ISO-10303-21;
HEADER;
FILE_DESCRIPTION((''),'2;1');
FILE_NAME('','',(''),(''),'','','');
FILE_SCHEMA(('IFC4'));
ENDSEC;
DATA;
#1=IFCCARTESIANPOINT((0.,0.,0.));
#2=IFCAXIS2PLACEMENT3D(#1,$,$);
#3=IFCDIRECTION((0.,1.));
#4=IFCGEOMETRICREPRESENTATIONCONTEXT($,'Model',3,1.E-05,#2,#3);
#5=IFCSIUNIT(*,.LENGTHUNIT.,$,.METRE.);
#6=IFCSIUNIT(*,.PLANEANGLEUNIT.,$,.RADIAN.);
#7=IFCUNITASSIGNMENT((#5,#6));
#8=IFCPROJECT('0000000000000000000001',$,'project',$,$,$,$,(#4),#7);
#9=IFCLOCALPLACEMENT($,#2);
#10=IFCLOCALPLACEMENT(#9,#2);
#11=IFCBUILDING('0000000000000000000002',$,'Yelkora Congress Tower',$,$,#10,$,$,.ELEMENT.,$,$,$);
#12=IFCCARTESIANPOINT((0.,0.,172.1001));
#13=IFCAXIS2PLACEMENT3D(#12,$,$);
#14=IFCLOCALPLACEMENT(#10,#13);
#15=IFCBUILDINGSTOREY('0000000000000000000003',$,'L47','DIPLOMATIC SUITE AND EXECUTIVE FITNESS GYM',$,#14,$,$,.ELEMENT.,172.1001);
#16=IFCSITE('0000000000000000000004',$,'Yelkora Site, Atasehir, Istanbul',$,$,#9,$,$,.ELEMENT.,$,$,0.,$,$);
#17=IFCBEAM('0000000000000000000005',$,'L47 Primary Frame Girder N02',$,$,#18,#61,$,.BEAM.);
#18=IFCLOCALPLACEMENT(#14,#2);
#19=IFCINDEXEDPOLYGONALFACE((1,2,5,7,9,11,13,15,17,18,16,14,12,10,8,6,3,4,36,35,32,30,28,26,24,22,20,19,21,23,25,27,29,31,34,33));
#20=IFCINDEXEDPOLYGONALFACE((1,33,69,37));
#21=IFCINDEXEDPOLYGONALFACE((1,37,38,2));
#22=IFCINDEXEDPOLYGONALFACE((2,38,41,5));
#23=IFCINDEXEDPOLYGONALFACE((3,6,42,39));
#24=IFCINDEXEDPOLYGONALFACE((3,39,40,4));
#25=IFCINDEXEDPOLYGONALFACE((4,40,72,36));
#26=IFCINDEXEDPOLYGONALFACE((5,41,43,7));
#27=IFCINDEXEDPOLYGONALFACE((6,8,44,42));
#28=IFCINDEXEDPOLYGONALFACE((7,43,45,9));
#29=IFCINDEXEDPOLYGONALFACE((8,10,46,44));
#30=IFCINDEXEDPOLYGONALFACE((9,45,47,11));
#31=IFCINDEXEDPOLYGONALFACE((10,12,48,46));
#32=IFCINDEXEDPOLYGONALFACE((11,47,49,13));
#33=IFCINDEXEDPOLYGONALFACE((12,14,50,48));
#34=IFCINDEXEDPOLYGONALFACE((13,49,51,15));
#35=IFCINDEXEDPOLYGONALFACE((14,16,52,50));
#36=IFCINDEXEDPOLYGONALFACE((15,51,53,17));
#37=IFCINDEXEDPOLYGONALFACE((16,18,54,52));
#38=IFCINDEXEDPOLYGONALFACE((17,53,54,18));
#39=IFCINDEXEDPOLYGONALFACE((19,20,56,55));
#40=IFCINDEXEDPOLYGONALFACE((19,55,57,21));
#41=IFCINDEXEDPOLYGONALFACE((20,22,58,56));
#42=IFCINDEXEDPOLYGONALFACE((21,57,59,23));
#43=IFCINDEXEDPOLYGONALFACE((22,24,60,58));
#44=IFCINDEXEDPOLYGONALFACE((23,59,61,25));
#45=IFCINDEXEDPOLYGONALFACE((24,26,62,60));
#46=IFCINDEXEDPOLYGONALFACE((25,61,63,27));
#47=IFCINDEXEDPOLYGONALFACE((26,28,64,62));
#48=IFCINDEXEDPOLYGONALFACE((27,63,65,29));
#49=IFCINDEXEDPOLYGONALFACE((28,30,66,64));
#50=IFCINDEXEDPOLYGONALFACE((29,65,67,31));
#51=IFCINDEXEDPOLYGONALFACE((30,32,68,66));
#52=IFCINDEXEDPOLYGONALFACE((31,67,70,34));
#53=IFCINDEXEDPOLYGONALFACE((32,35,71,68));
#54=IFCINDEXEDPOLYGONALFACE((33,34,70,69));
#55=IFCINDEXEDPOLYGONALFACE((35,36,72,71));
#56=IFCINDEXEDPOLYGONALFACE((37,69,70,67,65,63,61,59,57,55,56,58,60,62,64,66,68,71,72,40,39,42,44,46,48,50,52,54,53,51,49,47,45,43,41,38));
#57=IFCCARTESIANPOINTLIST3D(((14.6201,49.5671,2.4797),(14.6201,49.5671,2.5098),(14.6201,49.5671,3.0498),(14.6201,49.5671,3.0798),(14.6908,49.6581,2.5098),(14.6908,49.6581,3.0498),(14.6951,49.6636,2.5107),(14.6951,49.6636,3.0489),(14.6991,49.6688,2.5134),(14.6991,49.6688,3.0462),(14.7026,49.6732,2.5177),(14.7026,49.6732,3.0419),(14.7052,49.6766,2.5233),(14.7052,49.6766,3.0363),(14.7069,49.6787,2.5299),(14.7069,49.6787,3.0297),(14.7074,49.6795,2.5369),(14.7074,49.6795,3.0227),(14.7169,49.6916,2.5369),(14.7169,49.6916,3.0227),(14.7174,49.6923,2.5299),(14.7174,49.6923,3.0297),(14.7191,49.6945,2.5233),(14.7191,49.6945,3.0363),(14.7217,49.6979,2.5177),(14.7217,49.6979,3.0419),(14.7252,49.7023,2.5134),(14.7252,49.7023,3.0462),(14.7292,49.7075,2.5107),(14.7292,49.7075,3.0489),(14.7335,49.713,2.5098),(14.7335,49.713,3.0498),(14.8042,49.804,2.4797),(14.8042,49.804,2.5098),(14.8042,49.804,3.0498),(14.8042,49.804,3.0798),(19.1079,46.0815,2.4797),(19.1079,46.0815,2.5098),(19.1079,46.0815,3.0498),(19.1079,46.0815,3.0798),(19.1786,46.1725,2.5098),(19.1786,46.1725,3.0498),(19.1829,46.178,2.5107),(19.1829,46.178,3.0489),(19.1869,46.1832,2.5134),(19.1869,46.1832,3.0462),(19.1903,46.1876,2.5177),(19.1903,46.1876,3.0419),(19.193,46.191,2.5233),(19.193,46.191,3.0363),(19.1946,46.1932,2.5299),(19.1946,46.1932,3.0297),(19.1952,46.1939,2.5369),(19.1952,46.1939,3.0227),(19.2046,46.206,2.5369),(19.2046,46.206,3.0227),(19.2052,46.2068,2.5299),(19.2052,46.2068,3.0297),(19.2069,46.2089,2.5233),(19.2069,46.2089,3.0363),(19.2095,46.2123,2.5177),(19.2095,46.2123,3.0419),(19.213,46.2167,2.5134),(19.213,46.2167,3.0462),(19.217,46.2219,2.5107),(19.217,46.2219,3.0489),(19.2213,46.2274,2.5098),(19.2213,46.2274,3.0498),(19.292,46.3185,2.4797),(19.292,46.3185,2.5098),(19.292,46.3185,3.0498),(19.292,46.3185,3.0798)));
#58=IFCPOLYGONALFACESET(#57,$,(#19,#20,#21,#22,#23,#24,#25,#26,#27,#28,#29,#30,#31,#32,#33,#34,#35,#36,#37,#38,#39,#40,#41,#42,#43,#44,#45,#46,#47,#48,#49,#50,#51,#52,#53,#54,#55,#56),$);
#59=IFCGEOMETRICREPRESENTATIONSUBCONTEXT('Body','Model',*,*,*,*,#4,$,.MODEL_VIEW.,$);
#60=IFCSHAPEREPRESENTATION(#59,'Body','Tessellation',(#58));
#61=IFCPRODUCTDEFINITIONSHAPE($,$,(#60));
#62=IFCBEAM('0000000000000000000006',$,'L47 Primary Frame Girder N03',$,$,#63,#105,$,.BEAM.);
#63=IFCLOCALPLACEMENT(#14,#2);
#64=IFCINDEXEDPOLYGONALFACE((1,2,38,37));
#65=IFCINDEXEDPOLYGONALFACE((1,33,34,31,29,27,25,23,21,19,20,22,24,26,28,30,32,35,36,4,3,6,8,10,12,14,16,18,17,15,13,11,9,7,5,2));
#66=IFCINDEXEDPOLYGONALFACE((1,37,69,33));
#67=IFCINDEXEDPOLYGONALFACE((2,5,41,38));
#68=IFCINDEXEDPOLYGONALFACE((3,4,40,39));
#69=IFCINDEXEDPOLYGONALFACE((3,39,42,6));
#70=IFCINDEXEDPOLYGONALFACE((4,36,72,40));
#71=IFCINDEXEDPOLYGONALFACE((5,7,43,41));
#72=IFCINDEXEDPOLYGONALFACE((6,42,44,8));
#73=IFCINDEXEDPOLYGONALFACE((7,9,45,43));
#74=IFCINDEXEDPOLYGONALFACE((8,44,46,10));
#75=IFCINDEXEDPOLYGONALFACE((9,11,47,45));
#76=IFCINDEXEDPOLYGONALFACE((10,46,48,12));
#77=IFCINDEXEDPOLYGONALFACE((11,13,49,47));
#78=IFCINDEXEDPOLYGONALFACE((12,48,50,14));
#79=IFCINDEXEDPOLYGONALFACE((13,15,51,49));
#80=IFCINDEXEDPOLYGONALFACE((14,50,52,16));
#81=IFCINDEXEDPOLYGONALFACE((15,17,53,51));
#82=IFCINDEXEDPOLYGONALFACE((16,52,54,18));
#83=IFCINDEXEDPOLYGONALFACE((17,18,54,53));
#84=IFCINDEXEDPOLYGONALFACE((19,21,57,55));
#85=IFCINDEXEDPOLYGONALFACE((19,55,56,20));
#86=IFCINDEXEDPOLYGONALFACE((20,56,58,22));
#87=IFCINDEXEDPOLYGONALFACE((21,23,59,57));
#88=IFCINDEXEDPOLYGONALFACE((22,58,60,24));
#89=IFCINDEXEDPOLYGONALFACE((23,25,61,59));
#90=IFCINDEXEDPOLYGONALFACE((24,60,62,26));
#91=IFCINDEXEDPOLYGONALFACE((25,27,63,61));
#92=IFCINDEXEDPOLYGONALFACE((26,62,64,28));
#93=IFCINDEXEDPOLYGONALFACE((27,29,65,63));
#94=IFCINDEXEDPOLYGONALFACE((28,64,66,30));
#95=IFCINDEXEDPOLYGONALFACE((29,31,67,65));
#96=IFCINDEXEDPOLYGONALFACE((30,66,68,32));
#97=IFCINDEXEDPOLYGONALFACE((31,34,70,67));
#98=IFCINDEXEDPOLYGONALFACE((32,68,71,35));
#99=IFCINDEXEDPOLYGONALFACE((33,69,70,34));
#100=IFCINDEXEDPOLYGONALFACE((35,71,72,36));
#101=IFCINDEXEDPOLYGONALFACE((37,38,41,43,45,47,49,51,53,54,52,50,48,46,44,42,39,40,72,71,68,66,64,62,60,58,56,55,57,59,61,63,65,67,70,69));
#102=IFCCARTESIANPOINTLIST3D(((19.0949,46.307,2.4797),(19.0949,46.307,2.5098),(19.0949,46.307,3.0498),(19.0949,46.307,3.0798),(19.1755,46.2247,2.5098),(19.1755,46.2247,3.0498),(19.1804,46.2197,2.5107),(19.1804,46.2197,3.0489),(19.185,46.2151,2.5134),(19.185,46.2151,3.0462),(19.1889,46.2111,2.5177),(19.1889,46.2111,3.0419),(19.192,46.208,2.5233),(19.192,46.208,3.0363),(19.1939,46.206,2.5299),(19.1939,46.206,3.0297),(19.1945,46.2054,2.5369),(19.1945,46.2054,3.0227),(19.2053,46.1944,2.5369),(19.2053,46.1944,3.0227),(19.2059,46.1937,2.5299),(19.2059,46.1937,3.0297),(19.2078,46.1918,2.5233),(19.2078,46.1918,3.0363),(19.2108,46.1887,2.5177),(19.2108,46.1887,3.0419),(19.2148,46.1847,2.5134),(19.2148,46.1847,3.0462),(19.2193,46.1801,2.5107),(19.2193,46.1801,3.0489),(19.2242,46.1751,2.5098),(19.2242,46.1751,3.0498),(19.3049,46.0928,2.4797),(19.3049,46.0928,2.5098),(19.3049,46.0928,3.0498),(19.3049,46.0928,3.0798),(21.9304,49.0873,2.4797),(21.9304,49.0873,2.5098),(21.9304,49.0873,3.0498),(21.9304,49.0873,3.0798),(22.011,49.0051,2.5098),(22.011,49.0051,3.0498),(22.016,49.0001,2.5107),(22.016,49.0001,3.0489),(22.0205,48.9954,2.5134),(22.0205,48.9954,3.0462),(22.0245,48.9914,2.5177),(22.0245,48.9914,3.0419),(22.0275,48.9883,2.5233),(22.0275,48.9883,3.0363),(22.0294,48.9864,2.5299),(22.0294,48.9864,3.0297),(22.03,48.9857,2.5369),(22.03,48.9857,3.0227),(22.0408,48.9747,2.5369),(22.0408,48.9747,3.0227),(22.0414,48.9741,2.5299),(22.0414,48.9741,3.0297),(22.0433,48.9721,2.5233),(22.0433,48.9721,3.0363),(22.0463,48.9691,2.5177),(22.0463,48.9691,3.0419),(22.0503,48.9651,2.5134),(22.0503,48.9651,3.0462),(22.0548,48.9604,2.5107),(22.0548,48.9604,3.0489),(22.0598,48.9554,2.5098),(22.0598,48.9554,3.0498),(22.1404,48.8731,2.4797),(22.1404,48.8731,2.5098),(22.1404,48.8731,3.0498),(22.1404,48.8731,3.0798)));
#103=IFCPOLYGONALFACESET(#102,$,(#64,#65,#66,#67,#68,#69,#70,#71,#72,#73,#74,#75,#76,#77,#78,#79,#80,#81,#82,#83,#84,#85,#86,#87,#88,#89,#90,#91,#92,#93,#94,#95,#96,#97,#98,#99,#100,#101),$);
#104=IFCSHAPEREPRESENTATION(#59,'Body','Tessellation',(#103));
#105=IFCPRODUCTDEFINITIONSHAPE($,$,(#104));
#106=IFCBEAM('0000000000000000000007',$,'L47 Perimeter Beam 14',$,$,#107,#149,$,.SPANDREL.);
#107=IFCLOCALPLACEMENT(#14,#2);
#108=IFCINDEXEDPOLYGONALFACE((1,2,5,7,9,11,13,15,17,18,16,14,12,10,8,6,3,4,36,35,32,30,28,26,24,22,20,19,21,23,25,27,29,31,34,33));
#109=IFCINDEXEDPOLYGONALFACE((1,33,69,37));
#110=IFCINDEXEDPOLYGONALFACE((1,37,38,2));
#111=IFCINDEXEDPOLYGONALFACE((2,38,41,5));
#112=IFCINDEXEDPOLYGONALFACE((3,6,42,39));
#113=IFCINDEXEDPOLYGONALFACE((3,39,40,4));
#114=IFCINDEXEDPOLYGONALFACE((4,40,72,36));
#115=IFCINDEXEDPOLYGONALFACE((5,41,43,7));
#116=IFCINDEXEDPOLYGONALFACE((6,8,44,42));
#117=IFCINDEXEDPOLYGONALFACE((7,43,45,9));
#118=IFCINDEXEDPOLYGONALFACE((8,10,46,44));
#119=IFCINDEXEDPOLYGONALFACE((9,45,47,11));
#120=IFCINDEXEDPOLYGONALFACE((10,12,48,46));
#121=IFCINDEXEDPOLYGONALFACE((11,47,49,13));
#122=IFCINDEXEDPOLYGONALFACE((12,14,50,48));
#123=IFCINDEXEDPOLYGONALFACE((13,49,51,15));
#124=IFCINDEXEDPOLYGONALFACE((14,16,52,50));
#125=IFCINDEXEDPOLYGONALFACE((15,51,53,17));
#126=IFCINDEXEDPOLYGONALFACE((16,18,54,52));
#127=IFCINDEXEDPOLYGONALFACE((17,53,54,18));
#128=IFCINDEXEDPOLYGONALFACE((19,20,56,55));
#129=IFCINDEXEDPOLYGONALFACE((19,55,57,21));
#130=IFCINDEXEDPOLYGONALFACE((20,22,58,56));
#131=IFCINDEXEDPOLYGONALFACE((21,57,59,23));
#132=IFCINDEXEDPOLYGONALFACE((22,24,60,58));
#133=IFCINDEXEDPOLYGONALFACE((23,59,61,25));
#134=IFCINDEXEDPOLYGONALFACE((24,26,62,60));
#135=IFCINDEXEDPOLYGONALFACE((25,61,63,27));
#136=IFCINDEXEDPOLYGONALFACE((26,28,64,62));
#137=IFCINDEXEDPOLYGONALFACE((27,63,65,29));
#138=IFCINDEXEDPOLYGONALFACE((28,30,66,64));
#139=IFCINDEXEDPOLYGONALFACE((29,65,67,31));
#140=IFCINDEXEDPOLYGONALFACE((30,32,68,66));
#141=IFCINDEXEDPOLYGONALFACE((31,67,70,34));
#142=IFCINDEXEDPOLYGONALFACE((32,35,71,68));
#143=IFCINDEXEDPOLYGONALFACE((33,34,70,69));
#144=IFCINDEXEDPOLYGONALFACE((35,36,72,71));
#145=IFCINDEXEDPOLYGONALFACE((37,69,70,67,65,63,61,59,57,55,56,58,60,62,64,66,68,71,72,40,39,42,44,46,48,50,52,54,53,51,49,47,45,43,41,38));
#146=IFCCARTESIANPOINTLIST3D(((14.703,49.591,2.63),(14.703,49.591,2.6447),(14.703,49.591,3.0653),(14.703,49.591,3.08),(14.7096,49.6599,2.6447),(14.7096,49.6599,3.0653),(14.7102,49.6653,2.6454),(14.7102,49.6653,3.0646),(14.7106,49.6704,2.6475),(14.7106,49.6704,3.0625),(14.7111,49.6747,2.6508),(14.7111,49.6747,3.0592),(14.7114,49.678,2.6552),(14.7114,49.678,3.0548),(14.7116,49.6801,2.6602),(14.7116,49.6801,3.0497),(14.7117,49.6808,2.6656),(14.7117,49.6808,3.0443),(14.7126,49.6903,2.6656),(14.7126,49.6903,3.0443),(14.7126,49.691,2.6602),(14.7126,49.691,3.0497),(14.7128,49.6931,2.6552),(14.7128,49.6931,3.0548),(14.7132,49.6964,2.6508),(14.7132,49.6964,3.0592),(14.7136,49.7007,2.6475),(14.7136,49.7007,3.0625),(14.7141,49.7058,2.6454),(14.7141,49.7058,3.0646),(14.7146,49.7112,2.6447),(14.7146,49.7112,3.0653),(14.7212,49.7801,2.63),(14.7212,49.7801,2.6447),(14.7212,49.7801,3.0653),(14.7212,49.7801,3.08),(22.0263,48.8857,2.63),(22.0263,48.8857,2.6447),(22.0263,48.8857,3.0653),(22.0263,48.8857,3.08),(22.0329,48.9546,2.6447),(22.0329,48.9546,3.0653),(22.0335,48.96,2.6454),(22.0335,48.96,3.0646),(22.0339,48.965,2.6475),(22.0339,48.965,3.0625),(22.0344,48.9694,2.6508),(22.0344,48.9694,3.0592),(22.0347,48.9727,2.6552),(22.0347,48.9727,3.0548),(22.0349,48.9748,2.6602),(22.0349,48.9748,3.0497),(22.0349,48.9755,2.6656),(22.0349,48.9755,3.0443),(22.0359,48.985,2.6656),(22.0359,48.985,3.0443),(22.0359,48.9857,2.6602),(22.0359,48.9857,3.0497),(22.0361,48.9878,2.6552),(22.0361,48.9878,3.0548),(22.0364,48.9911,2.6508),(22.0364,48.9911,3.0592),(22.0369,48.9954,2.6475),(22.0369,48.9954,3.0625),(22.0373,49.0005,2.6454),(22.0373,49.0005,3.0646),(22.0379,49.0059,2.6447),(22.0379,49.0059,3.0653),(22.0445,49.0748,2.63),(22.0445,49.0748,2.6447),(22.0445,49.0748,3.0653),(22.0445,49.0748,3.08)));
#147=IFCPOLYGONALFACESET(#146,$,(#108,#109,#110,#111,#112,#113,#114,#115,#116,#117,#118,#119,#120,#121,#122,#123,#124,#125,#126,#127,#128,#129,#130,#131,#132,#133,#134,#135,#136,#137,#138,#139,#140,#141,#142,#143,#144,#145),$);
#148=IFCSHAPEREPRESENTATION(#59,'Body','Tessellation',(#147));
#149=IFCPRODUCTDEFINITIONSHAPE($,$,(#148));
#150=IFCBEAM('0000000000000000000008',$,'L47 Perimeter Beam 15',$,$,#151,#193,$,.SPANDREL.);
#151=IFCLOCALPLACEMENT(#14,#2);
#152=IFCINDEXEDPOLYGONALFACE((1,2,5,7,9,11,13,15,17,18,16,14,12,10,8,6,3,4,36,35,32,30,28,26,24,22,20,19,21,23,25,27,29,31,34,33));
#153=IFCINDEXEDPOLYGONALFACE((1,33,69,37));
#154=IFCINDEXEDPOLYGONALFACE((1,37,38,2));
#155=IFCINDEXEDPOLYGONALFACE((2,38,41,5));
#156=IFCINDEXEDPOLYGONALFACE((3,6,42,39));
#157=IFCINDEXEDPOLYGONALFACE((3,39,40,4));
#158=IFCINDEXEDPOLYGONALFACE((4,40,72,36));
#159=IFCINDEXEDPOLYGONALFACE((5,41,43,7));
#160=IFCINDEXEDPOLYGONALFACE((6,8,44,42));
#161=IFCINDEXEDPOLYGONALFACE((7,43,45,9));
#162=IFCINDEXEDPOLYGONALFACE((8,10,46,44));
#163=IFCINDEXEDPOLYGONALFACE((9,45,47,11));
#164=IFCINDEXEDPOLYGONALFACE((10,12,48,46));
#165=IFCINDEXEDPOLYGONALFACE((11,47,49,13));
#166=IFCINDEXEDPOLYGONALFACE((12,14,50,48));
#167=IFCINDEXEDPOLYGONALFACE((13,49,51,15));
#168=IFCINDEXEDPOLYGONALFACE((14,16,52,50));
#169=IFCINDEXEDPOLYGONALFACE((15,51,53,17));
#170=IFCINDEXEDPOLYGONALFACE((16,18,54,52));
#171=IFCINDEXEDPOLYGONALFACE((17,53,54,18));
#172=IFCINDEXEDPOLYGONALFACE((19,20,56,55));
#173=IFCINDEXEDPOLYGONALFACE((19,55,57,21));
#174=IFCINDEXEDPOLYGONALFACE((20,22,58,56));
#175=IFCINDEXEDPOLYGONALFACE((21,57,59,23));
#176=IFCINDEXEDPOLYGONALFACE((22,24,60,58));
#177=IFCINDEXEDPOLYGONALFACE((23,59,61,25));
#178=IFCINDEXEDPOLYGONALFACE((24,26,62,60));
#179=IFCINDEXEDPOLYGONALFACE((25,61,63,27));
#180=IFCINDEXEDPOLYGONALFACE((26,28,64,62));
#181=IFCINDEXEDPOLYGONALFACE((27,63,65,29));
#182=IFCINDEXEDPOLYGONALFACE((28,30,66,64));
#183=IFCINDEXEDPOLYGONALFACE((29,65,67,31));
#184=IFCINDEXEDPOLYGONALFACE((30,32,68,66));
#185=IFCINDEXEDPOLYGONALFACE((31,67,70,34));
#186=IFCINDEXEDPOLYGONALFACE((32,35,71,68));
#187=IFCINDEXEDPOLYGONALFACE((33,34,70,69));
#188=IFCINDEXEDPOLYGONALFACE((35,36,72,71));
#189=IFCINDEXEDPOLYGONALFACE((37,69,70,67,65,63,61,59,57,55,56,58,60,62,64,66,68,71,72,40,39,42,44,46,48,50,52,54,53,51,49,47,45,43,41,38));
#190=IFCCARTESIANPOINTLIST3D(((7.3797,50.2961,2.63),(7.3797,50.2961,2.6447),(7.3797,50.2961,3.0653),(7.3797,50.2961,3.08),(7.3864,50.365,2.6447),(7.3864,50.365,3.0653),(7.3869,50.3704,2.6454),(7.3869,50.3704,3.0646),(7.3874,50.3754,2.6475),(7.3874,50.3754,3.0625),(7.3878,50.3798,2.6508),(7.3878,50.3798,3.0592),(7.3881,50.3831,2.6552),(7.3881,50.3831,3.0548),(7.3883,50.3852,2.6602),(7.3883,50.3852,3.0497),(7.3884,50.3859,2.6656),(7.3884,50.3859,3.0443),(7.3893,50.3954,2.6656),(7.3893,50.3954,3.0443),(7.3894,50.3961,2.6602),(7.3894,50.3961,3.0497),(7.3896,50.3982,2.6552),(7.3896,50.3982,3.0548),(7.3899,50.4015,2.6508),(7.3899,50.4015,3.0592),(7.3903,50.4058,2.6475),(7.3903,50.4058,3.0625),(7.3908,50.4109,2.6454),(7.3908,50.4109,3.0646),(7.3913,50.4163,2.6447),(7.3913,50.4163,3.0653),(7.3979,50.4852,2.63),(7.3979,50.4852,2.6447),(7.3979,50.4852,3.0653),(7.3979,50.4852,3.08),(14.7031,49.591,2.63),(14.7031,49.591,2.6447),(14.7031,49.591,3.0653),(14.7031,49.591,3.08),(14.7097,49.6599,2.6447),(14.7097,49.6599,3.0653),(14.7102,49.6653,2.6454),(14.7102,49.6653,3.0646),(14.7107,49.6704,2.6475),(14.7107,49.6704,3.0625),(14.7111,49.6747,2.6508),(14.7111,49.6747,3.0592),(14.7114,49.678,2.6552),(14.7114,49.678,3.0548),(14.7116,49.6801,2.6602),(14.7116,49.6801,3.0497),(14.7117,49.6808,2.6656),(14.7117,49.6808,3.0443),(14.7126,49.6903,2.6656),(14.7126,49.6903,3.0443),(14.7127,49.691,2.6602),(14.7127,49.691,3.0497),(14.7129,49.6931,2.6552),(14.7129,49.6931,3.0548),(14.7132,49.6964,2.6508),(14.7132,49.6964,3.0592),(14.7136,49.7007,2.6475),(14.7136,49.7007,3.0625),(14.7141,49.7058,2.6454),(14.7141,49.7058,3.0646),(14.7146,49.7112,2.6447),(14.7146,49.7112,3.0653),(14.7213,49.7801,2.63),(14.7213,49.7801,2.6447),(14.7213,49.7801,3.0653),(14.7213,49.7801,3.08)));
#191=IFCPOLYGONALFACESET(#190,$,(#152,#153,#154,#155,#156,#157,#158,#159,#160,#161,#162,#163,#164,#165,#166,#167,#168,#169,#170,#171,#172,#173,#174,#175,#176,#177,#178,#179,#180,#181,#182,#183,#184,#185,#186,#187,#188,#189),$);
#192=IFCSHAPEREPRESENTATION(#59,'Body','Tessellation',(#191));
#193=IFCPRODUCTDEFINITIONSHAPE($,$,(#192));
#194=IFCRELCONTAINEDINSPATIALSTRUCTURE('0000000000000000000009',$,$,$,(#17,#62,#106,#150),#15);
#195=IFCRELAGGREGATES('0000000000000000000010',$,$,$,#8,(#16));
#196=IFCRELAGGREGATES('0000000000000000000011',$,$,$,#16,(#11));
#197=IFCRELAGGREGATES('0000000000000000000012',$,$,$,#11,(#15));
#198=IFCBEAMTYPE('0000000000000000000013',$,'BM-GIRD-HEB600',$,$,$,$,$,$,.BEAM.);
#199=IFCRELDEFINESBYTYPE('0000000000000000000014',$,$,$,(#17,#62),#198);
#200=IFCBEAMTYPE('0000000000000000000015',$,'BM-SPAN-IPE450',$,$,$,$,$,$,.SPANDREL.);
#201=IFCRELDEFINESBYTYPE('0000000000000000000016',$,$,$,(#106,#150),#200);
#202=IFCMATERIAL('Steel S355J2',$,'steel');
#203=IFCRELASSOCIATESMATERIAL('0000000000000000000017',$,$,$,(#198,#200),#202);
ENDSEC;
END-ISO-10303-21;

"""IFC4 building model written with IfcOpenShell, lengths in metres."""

from ifc_helpers import new_model, si_unit, direction, frame, origin, origin_2d, place, context, subcontext, project, spatial, i_section, extrude, material, material_profile, profile_set, type_object, element, save


model = new_model("IFC4")

# Units and contexts
model_context = context("Model", 3, precision=1e-05, world=origin(), true_north=direction((0.0, 1.0)))
body_context = subcontext(model_context, "Body", "Model", "MODEL_VIEW")
ifc_project = project(units=[si_unit("LENGTHUNIT", "METRE"), si_unit("PLANEANGLEUNIT", "RADIAN")], contexts=[model_context])

# Site, building, storey
site_placement = place(None, origin())
site = spatial("IfcSite", under=ifc_project, at=site_placement, Name="Yelkora Site, Atasehir, Istanbul", CompositionType="ELEMENT", RefElevation=0.0)
building_placement = place(site_placement, origin())
building = spatial("IfcBuilding", under=site, at=building_placement, Name="Yelkora Congress Tower", CompositionType="ELEMENT")
storey_placement = place(building_placement, frame((0.0, 0.0, 172.1001)))
storey = spatial("IfcBuildingStorey", under=building, at=storey_placement, Name="L47", Description="DIPLOMATIC SUITE AND EXECUTIVE FITNESS GYM", CompositionType="ELEMENT", Elevation=172.1001)

# Beams
ifc_material_1 = material(Name="Steel S355J2", Category="steel")
ifc_material_profile_1 = material_profile(ifc_material_1, i_section(OverallWidth=0.3, OverallDepth=0.6001, WebThickness=0.0154, FlangeThickness=0.03, FilletRadius=0.0271, at=origin_2d()), Name="HEB 600")
ifc_profile_set_1 = profile_set([ifc_material_profile_1], Name="Steel S355J2")
beam_type_1 = type_object("IfcBeamType", Name="BM-GIRD-HEB600", PredefinedType="BEAM", material=ifc_profile_set_1)
beam_1_placement = place(storey_placement, frame((14.7122, 49.6855, 2.7798), z_axis=(0.789771, -0.613402, 0.0), x_axis=(0.613402, 0.789771, 0.0)))
element("IfcBeam", 1, at=beam_1_placement, inside=storey, type_object=beam_type_1, Name="L47 Primary Frame Girder N02", PredefinedType="BEAM", context=body_context, shape_type="SweptSolid", body=[
    extrude(i_section(OverallWidth=0.3, OverallDepth=0.6001, WebThickness=0.0154, FlangeThickness=0.03, FilletRadius=0.0271, at=origin_2d()), origin(), (0.0, 0.0, 1.0), 5.6824),
])
beam_2_placement = place(storey_placement, frame((22.0354, 48.9802, 2.7798), z_axis=(-0.71402, -0.700126, 0.0), x_axis=(0.700126, -0.71402, 0.0)))
element("IfcBeam", 2, at=beam_2_placement, inside=storey, type_object=beam_type_1, Name="L47 Primary Frame Girder N03", PredefinedType="BEAM", context=body_context, shape_type="SweptSolid", body=[
    extrude(i_section(OverallWidth=0.3, OverallDepth=0.6001, WebThickness=0.0154, FlangeThickness=0.03, FilletRadius=0.0271, at=origin_2d()), origin(), (0.0, 0.0, 1.0), 3.9712),
])
ifc_material_profile_2 = material_profile(ifc_material_1, i_section(OverallWidth=0.1899, OverallDepth=0.45, WebThickness=0.0095, FlangeThickness=0.0146, FilletRadius=0.021, at=origin_2d()), Name="IPE 450")
ifc_profile_set_2 = profile_set([ifc_material_profile_2], Name="Steel S355J2")
beam_type_2 = type_object("IfcBeamType", Name="BM-SPAN-IPE450", PredefinedType="SPANDREL", material=ifc_profile_set_2)
for number, where, z_axis, x_axis, name in (
    (3, (22.0354, 48.9802, 2.855), (-0.995394, 0.095869, 0.0), (-0.095869, -0.995394, 0.0), "L47 Perimeter Beam 14"),
    (4, (14.7122, 49.6855, 2.855), (-0.995397, 0.095836, 0.0), (-0.095836, -0.995397, 0.0), "L47 Perimeter Beam 15"),
):
    element("IfcBeam", number, at=place(storey_placement, frame(where, z_axis=z_axis, x_axis=x_axis)), inside=storey, type_object=beam_type_2, Name=name, PredefinedType="SPANDREL", context=body_context, shape_type="SweptSolid", body=[
        extrude(i_section(OverallWidth=0.1899, OverallDepth=0.45, WebThickness=0.0095, FlangeThickness=0.0146, FilletRadius=0.021, at=origin_2d()), origin(), (0.0, 0.0, 1.0), 7.3572),
    ])

save(model, "model.ifc")
